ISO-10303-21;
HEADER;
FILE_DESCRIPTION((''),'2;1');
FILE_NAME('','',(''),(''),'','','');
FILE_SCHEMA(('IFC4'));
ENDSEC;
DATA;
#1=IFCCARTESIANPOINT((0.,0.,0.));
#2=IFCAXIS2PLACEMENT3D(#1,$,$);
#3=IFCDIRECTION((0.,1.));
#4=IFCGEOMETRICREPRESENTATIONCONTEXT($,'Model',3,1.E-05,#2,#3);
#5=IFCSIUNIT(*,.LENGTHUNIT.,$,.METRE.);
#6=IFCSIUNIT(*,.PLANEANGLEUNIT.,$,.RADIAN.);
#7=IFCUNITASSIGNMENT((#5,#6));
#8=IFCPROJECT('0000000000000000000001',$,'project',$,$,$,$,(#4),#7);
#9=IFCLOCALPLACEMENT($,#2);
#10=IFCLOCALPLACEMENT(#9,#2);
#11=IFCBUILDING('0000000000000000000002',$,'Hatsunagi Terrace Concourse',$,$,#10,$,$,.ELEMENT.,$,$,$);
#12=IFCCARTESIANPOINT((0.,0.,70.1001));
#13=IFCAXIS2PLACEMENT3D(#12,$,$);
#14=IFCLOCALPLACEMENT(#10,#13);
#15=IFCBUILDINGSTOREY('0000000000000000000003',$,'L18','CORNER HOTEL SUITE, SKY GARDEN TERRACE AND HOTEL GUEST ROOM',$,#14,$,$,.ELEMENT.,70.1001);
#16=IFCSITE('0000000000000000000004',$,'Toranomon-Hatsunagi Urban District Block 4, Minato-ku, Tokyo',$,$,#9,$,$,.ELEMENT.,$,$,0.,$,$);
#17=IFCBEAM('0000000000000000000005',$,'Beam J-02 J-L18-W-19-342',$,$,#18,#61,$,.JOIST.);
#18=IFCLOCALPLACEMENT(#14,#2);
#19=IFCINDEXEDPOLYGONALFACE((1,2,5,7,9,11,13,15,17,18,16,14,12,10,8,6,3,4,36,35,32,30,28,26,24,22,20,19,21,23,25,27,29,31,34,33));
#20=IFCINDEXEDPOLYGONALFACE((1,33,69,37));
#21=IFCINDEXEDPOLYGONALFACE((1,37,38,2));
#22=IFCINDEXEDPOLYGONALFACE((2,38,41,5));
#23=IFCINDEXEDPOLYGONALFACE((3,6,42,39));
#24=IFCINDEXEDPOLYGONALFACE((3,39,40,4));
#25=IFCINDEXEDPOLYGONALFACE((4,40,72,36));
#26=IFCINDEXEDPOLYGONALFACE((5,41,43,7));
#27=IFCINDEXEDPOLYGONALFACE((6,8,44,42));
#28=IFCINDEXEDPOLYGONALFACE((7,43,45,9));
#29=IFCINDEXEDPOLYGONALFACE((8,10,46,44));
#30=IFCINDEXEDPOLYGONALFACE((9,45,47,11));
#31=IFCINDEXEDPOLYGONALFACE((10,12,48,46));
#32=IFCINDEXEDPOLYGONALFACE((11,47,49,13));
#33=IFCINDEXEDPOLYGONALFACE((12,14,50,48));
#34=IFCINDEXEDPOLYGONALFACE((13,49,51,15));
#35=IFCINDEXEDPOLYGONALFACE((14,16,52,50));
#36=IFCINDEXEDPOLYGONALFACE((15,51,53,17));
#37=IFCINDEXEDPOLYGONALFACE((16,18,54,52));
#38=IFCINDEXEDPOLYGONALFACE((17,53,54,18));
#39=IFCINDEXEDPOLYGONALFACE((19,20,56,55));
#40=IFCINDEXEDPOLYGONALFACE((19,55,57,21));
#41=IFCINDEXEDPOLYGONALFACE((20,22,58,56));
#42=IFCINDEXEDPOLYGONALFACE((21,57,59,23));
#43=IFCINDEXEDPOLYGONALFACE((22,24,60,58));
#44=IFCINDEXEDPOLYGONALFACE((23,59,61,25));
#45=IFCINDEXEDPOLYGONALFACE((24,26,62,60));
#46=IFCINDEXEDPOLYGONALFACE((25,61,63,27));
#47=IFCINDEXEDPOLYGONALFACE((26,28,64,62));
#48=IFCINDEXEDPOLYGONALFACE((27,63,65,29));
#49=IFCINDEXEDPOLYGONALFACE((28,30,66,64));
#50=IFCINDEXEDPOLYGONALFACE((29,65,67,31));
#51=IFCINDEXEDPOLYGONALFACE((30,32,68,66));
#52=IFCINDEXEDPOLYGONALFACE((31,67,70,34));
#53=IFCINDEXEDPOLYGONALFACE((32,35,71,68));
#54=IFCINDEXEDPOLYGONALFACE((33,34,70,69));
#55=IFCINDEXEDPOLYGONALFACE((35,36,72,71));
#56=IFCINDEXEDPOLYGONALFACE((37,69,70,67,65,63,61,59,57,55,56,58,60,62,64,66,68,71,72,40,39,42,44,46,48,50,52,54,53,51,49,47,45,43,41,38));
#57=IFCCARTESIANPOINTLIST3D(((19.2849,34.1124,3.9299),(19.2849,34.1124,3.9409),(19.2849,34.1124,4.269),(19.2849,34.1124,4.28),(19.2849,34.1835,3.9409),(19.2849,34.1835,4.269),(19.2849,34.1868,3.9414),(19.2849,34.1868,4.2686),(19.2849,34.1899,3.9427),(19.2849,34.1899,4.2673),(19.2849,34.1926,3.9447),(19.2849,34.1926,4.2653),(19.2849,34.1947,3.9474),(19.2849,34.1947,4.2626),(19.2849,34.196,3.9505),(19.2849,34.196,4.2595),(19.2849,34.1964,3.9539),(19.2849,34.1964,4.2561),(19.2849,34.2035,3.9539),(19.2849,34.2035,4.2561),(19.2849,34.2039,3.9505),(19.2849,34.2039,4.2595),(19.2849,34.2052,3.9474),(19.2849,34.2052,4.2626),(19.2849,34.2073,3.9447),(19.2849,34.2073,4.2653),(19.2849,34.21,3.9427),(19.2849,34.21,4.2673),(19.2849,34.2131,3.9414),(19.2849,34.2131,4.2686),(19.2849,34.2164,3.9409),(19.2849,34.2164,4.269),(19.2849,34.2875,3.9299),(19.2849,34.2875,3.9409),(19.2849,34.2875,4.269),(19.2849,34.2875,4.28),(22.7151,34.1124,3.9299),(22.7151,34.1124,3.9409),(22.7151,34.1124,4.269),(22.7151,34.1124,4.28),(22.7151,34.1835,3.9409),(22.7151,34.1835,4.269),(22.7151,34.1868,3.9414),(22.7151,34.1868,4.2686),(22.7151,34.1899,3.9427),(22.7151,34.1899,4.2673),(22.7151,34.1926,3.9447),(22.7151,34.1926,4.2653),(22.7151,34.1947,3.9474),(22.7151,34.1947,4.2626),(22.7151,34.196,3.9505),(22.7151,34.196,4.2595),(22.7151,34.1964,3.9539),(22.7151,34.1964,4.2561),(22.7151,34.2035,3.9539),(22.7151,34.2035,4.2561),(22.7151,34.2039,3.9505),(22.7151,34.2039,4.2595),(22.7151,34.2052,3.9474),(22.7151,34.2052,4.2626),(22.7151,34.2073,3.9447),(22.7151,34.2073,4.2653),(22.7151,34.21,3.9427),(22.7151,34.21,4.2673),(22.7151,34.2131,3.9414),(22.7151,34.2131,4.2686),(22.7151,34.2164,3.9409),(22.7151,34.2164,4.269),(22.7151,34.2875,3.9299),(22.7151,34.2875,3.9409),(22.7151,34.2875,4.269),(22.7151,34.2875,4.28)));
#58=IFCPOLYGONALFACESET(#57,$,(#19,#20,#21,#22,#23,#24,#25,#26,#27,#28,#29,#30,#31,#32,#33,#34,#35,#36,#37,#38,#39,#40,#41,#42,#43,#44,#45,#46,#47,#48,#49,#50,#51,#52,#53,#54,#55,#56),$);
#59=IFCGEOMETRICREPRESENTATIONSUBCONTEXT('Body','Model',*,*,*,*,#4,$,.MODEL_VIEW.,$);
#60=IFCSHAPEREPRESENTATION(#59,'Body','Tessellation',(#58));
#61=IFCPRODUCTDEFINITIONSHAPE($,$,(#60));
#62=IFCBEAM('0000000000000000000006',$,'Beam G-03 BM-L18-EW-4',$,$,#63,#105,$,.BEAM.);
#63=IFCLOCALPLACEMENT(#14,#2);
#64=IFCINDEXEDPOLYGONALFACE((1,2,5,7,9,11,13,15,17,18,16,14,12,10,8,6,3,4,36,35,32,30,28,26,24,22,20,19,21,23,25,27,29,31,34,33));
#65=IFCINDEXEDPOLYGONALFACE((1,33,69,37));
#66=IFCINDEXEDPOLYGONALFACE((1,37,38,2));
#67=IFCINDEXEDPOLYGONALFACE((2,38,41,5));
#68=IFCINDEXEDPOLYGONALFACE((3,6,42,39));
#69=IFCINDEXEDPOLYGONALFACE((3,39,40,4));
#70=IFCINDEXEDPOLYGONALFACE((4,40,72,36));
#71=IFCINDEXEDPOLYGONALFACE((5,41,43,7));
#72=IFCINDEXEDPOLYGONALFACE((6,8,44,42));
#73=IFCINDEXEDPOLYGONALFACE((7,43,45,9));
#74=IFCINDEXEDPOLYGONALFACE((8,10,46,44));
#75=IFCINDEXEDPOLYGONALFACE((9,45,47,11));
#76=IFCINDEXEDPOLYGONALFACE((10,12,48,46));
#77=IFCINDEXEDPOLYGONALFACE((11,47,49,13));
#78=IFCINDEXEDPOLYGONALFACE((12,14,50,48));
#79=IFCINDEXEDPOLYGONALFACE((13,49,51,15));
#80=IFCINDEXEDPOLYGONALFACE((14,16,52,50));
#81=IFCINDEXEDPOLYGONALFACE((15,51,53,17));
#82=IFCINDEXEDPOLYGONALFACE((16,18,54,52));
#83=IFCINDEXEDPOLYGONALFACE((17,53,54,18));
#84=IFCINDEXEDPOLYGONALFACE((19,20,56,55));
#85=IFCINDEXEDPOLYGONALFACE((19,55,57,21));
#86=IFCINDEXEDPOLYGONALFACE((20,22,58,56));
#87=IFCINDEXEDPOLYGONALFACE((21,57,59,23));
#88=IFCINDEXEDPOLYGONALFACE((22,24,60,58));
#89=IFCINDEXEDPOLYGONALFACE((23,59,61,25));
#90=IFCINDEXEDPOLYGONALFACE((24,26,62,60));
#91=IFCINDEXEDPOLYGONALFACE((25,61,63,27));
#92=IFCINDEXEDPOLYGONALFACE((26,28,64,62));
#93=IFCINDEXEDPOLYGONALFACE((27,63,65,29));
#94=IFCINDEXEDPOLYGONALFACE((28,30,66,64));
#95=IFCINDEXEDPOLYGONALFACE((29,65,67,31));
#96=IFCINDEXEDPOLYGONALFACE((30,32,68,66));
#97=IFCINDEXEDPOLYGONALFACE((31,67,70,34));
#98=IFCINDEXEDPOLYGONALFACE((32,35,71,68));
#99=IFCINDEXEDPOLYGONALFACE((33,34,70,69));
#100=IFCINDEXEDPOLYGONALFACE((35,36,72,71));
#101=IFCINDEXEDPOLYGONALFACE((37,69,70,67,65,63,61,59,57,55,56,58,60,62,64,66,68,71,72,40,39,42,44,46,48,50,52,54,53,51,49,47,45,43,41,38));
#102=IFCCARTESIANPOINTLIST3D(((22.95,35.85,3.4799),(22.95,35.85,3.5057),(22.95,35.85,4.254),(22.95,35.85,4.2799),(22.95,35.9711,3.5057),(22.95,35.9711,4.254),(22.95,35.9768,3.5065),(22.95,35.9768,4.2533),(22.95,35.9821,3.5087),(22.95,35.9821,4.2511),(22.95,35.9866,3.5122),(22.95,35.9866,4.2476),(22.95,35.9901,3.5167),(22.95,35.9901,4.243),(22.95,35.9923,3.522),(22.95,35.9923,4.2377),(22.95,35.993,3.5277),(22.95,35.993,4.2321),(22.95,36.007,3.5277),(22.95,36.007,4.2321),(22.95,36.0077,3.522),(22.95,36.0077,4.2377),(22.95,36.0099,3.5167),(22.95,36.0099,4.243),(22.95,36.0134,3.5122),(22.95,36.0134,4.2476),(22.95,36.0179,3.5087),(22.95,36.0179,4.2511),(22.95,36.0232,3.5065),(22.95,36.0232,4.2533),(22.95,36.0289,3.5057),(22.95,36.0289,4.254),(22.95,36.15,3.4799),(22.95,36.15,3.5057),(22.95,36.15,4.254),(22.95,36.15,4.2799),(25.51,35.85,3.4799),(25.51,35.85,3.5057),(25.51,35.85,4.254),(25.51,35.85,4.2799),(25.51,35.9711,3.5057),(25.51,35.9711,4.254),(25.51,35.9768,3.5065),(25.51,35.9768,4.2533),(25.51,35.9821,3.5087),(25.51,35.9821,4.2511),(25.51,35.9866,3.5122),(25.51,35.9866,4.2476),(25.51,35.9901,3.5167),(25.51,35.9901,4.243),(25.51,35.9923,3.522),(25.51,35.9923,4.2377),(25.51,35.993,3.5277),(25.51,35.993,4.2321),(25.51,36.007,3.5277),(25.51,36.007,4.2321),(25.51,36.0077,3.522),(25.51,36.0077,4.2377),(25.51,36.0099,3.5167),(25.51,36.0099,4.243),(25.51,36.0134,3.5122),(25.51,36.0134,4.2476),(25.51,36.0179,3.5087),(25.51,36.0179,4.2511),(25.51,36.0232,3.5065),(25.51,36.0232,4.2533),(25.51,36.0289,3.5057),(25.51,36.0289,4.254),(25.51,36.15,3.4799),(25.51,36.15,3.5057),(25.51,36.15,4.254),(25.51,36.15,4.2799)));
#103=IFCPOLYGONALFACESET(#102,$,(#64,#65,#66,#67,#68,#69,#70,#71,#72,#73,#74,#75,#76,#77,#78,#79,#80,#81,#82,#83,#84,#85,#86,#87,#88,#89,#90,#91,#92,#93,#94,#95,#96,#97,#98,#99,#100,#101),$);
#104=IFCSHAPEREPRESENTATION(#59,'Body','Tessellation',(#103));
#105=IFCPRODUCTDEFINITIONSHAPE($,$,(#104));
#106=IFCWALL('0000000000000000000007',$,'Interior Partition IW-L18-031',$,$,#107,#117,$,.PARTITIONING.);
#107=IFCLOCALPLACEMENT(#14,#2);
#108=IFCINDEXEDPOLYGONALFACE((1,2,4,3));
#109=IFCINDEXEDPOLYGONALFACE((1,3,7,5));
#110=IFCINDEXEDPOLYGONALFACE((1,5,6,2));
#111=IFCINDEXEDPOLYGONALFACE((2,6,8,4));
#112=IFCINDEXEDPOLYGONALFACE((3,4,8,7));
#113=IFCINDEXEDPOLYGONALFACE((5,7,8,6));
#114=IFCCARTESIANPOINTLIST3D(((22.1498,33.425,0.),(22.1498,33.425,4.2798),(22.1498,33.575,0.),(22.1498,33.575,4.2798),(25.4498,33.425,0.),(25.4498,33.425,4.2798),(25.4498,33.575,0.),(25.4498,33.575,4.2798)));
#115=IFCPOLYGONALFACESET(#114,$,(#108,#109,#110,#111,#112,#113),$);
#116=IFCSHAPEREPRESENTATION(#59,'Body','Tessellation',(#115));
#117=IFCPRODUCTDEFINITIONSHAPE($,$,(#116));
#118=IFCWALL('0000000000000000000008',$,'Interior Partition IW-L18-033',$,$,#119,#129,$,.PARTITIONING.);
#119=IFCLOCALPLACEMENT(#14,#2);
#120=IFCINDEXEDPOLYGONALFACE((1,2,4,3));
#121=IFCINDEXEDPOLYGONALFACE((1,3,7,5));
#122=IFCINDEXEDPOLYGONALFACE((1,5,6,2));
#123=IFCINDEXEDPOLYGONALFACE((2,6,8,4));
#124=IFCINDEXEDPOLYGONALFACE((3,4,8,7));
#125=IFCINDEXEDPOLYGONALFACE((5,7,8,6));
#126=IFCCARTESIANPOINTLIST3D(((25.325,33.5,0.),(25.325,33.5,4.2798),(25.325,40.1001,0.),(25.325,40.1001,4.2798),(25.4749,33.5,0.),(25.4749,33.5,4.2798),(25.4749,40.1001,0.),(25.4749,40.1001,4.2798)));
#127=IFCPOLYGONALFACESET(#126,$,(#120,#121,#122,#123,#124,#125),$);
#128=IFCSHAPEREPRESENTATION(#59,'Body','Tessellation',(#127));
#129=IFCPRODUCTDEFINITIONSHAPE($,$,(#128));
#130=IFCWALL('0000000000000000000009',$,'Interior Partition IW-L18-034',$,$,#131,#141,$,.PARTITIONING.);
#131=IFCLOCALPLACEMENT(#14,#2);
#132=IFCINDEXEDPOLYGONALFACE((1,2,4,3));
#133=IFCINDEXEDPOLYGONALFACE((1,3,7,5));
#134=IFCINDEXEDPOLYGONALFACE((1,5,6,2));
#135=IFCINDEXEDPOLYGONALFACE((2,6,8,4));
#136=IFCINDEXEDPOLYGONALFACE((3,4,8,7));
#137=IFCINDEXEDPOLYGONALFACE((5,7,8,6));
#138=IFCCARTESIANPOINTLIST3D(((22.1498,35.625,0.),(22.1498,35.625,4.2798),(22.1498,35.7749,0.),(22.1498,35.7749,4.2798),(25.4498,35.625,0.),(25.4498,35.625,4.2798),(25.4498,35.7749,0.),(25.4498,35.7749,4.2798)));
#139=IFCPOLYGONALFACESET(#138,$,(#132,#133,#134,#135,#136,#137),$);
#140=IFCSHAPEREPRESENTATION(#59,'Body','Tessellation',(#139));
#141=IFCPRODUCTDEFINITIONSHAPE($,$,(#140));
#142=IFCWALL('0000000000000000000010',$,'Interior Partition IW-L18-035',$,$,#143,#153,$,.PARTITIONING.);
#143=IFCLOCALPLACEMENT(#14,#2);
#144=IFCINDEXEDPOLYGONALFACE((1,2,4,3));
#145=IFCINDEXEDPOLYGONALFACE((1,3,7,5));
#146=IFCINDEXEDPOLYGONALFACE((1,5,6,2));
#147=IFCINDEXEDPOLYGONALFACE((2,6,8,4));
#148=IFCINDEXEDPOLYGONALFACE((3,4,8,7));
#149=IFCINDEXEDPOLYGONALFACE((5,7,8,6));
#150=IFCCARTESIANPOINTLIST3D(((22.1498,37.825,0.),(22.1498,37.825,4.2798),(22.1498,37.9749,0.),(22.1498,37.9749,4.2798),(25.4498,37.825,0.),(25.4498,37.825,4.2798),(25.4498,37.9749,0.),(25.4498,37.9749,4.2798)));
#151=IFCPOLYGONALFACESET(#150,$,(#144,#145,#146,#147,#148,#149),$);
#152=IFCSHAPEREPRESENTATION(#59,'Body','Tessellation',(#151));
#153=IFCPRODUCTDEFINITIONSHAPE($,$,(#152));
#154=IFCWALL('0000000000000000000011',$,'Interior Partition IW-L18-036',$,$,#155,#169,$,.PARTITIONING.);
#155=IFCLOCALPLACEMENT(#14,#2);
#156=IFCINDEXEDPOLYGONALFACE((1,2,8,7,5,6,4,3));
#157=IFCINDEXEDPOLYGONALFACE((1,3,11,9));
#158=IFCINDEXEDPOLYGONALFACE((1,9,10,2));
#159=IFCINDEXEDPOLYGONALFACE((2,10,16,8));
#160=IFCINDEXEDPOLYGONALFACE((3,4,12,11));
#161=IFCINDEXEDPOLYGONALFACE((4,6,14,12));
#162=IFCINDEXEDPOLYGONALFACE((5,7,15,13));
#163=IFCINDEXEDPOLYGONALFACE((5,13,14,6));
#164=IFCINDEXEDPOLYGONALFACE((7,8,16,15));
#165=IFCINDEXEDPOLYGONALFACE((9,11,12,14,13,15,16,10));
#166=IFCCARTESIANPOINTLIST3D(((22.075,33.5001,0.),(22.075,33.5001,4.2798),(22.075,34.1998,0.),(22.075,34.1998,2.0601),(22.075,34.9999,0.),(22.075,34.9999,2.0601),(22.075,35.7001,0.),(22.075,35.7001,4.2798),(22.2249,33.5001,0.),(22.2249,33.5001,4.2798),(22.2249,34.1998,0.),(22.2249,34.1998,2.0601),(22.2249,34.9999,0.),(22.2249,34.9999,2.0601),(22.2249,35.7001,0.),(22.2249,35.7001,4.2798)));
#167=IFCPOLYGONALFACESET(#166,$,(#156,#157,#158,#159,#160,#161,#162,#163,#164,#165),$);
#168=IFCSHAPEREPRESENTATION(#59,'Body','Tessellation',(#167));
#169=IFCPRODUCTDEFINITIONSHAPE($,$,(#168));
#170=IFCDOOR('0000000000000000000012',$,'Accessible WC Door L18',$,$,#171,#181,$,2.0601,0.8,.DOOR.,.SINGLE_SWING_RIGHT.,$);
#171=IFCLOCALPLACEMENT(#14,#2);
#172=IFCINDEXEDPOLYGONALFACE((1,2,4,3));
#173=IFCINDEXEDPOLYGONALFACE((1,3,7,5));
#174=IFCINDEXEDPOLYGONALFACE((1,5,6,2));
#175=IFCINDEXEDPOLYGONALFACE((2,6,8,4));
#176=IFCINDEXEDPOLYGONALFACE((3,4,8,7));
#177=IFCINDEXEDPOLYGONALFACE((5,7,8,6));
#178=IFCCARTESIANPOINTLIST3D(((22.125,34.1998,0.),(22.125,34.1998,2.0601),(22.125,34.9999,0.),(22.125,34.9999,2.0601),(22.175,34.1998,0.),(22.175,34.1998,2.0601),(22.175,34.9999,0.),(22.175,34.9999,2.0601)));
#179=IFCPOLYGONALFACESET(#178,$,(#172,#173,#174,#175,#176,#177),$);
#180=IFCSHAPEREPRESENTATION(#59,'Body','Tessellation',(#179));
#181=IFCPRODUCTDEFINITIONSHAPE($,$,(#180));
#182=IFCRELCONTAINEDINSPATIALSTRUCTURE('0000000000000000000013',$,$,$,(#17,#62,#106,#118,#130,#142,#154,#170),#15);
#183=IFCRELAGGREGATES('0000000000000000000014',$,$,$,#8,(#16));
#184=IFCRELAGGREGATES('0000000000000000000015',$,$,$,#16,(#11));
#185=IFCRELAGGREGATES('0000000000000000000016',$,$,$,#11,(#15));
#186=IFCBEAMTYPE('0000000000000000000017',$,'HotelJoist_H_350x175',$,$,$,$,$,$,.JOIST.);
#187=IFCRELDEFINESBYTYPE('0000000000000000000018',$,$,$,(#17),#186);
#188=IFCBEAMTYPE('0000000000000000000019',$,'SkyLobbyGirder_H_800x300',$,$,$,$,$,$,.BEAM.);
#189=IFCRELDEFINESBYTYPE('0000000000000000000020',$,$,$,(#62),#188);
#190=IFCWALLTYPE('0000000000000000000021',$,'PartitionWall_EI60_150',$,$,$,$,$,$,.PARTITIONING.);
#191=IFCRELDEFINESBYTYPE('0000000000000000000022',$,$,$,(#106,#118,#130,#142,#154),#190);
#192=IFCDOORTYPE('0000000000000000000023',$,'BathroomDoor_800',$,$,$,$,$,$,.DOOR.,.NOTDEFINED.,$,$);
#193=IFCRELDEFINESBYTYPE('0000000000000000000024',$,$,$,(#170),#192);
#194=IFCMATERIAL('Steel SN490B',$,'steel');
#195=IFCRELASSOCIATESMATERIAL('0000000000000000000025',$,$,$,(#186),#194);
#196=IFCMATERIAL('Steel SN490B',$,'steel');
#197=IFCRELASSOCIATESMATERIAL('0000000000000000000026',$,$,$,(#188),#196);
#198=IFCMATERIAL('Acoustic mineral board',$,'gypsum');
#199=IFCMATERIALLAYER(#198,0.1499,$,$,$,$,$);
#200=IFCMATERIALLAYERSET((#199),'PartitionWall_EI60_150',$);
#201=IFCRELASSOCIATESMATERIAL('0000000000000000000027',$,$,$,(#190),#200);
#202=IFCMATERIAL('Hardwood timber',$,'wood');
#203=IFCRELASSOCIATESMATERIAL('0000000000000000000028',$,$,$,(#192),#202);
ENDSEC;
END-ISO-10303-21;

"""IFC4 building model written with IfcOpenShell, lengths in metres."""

from ifc_helpers import new_model, si_unit, direction, frame, frame_2d, origin, origin_2d, place, context, subcontext, project, spatial, rectangle, i_section, extrude, material, layer, layer_set, material_profile, profile_set, type_object, element, fill, save


model = new_model("IFC4")

# Units and contexts
model_context = context("Model", 3, precision=1e-05, world=origin(), true_north=direction((0.0, 1.0)))
body_context = subcontext(model_context, "Body", "Model", "MODEL_VIEW")
ifc_project = project(units=[si_unit("LENGTHUNIT", "METRE"), si_unit("PLANEANGLEUNIT", "RADIAN")], contexts=[model_context])

# Site, building, storey
site_placement = place(None, origin())
site = spatial("IfcSite", under=ifc_project, at=site_placement, Name="Toranomon-Hatsunagi Urban District Block 4, Minato-ku, Tokyo", CompositionType="ELEMENT", RefElevation=0.0)
building_placement = place(site_placement, origin())
building = spatial("IfcBuilding", under=site, at=building_placement, Name="Hatsunagi Terrace Concourse", CompositionType="ELEMENT")
storey_placement = place(building_placement, frame((0.0, 0.0, 70.1001)))
storey = spatial("IfcBuildingStorey", under=building, at=storey_placement, Name="L18", Description="CORNER HOTEL SUITE, SKY GARDEN TERRACE AND HOTEL GUEST ROOM", CompositionType="ELEMENT", Elevation=70.1001)

# Beams
ifc_material_1 = material(Name="Steel SN490B", Category="steel")
ifc_material_profile_1 = material_profile(ifc_material_1, i_section(OverallWidth=0.175, OverallDepth=0.3501, WebThickness=0.0071, FlangeThickness=0.011, FilletRadius=0.0129, at=origin_2d()), Name="H-350x175x7x11")
ifc_profile_set_1 = profile_set([ifc_material_profile_1], Name="Steel SN490B")
beam_type_1 = type_object("IfcBeamType", Name="HotelJoist_H_350x175", PredefinedType="JOIST", material=ifc_profile_set_1)
beam_1_placement = place(storey_placement, frame((19.2849, 34.2, 4.105), z_axis=(1.0, 0.0, 0.0), x_axis=(0.0, 1.0, 0.0)))
element("IfcBeam", 1, at=beam_1_placement, inside=storey, type_object=beam_type_1, Name="Beam J-02 J-L18-W-19-342", PredefinedType="JOIST", context=body_context, shape_type="SweptSolid", body=[
    extrude(i_section(OverallWidth=0.175, OverallDepth=0.3501, WebThickness=0.0071, FlangeThickness=0.011, FilletRadius=0.0129, at=origin_2d()), origin(), (0.0, 0.0, 1.0), 3.4302),
])
ifc_material_2 = material(Name="Steel SN490B", Category="steel")
ifc_material_profile_2 = material_profile(ifc_material_2, i_section(OverallWidth=0.3, OverallDepth=0.8, WebThickness=0.0139, FlangeThickness=0.0259, FilletRadius=0.022, at=origin_2d()), Name="H-800x300x14x26")
ifc_profile_set_2 = profile_set([ifc_material_profile_2], Name="Steel SN490B")
beam_type_2 = type_object("IfcBeamType", Name="SkyLobbyGirder_H_800x300", PredefinedType="BEAM", material=ifc_profile_set_2)
beam_2_placement = place(storey_placement, frame((22.95, 36.0, 3.8799), z_axis=(1.0, 0.0, 0.0), x_axis=(0.0, 1.0, 0.0)))
element("IfcBeam", 2, at=beam_2_placement, inside=storey, type_object=beam_type_2, Name="Beam G-03 BM-L18-EW-4", PredefinedType="BEAM", context=body_context, shape_type="SweptSolid", body=[
    extrude(i_section(OverallWidth=0.3, OverallDepth=0.8, WebThickness=0.0139, FlangeThickness=0.0259, FilletRadius=0.022, at=origin_2d()), origin(), (0.0, 0.0, 1.0), 2.5601),
])

# Walls
ifc_material_3 = material(Name="Acoustic mineral board", Category="gypsum")
ifc_layer_1 = layer(ifc_material_3, 0.1499)
ifc_layer_set_1 = layer_set([ifc_layer_1], Name="PartitionWall_EI60_150")
wall_type_1 = type_object("IfcWallType", Name="PartitionWall_EI60_150", PredefinedType="PARTITIONING", material=ifc_layer_set_1)
wall_1_placement = place(storey_placement, frame((22.1499, 33.5, 0.0), z_axis=(0.0, 0.0, 1.0), x_axis=(1.0, 0.0, 0.0)))
element("IfcWall", 3, at=wall_1_placement, inside=storey, type_object=wall_type_1, Name="Interior Partition IW-L18-031", PredefinedType="PARTITIONING", context=body_context, shape_type="SweptSolid", body=[
    extrude(rectangle(XDim=3.3, YDim=0.1499, at=frame_2d((1.6499, 0.0))), origin(), (0.0, 0.0, 1.0), 4.2798),
])
wall_2_placement = place(storey_placement, frame((25.3999, 33.5, 0.0), z_axis=(0.0, 0.0, 1.0), x_axis=(0.0, 1.0, 0.0)))
element("IfcWall", 4, at=wall_2_placement, inside=storey, type_object=wall_type_1, Name="Interior Partition IW-L18-033", PredefinedType="PARTITIONING", context=body_context, shape_type="SweptSolid", body=[
    extrude(rectangle(XDim=6.6001, YDim=0.1499, at=frame_2d((3.3, 0.0))), origin(), (0.0, 0.0, 1.0), 4.2798),
])
for number, where, z_axis, x_axis, name in (
    (5, (22.1499, 35.7, 0.0), (0.0, 0.0, 1.0), (1.0, 0.0, 0.0), "Interior Partition IW-L18-034"),
    (6, (22.1499, 37.8999, 0.0), (0.0, 0.0, 1.0), (1.0, 0.0, 0.0), "Interior Partition IW-L18-035"),
):
    element("IfcWall", number, at=place(storey_placement, frame(where, z_axis=z_axis, x_axis=x_axis)), inside=storey, type_object=wall_type_1, Name=name, PredefinedType="PARTITIONING", context=body_context, shape_type="SweptSolid", body=[
        extrude(rectangle(XDim=3.3, YDim=0.1499, at=frame_2d((1.6499, 0.0))), origin(), (0.0, 0.0, 1.0), 4.2798),
    ])

# Wall, opening, door
wall_3_placement = place(storey_placement, frame((22.1499, 33.5, 0.0), z_axis=(0.0, 0.0, 1.0), x_axis=(0.0, 1.0, 0.0)))
wall_3 = element("IfcWall", 7, at=wall_3_placement, inside=storey, type_object=wall_type_1, Name="Interior Partition IW-L18-036", PredefinedType="PARTITIONING", context=body_context, shape_type="SweptSolid", body=[
    extrude(rectangle(XDim=2.2, YDim=0.1499, at=frame_2d((1.1001, 0.0))), origin(), (0.0, 0.0, 1.0), 4.2798),
])
opening_1_placement = place(wall_3_placement, frame((0.7, 0.0, 0.0)))
opening_1 = element("IfcOpeningElement", 8, at=opening_1_placement, cuts=wall_3, PredefinedType="OPENING", context=body_context, shape_type="SweptSolid", body=[
    extrude(rectangle(XDim=0.8, YDim=2.0601, at=frame_2d((0.3999, 1.03))), frame((0.0, 0.085, 0.0), z_axis=(0.0, -1.0, 0.0), x_axis=(1.0, 0.0, 0.0)), (0.0, 0.0, 1.0), 0.1699),
])
ifc_material_4 = material(Name="Hardwood timber", Category="wood")
door_type_1 = type_object("IfcDoorType", Name="BathroomDoor_800", OperationType="NOTDEFINED", PredefinedType="DOOR", material=ifc_material_4)
door_1_placement = place(opening_1_placement, origin())
door_1 = element("IfcDoor", 9, at=door_1_placement, inside=storey, type_object=door_type_1, Name="Accessible WC Door L18", OperationType="SINGLE_SWING_RIGHT", OverallHeight=2.0601, OverallWidth=0.8, PredefinedType="DOOR", context=body_context, shape_type="SweptSolid", body=[
    extrude(rectangle(XDim=0.8, YDim=2.0601, at=frame_2d((0.3999, 1.03))), frame((0.0, 0.0249, 0.0), z_axis=(0.0, -1.0, 0.0), x_axis=(1.0, 0.0, 0.0)), (0.0, 0.0, 1.0), 0.05),
])
fill(opening_1, door_1)

save(model, "model.ifc")
